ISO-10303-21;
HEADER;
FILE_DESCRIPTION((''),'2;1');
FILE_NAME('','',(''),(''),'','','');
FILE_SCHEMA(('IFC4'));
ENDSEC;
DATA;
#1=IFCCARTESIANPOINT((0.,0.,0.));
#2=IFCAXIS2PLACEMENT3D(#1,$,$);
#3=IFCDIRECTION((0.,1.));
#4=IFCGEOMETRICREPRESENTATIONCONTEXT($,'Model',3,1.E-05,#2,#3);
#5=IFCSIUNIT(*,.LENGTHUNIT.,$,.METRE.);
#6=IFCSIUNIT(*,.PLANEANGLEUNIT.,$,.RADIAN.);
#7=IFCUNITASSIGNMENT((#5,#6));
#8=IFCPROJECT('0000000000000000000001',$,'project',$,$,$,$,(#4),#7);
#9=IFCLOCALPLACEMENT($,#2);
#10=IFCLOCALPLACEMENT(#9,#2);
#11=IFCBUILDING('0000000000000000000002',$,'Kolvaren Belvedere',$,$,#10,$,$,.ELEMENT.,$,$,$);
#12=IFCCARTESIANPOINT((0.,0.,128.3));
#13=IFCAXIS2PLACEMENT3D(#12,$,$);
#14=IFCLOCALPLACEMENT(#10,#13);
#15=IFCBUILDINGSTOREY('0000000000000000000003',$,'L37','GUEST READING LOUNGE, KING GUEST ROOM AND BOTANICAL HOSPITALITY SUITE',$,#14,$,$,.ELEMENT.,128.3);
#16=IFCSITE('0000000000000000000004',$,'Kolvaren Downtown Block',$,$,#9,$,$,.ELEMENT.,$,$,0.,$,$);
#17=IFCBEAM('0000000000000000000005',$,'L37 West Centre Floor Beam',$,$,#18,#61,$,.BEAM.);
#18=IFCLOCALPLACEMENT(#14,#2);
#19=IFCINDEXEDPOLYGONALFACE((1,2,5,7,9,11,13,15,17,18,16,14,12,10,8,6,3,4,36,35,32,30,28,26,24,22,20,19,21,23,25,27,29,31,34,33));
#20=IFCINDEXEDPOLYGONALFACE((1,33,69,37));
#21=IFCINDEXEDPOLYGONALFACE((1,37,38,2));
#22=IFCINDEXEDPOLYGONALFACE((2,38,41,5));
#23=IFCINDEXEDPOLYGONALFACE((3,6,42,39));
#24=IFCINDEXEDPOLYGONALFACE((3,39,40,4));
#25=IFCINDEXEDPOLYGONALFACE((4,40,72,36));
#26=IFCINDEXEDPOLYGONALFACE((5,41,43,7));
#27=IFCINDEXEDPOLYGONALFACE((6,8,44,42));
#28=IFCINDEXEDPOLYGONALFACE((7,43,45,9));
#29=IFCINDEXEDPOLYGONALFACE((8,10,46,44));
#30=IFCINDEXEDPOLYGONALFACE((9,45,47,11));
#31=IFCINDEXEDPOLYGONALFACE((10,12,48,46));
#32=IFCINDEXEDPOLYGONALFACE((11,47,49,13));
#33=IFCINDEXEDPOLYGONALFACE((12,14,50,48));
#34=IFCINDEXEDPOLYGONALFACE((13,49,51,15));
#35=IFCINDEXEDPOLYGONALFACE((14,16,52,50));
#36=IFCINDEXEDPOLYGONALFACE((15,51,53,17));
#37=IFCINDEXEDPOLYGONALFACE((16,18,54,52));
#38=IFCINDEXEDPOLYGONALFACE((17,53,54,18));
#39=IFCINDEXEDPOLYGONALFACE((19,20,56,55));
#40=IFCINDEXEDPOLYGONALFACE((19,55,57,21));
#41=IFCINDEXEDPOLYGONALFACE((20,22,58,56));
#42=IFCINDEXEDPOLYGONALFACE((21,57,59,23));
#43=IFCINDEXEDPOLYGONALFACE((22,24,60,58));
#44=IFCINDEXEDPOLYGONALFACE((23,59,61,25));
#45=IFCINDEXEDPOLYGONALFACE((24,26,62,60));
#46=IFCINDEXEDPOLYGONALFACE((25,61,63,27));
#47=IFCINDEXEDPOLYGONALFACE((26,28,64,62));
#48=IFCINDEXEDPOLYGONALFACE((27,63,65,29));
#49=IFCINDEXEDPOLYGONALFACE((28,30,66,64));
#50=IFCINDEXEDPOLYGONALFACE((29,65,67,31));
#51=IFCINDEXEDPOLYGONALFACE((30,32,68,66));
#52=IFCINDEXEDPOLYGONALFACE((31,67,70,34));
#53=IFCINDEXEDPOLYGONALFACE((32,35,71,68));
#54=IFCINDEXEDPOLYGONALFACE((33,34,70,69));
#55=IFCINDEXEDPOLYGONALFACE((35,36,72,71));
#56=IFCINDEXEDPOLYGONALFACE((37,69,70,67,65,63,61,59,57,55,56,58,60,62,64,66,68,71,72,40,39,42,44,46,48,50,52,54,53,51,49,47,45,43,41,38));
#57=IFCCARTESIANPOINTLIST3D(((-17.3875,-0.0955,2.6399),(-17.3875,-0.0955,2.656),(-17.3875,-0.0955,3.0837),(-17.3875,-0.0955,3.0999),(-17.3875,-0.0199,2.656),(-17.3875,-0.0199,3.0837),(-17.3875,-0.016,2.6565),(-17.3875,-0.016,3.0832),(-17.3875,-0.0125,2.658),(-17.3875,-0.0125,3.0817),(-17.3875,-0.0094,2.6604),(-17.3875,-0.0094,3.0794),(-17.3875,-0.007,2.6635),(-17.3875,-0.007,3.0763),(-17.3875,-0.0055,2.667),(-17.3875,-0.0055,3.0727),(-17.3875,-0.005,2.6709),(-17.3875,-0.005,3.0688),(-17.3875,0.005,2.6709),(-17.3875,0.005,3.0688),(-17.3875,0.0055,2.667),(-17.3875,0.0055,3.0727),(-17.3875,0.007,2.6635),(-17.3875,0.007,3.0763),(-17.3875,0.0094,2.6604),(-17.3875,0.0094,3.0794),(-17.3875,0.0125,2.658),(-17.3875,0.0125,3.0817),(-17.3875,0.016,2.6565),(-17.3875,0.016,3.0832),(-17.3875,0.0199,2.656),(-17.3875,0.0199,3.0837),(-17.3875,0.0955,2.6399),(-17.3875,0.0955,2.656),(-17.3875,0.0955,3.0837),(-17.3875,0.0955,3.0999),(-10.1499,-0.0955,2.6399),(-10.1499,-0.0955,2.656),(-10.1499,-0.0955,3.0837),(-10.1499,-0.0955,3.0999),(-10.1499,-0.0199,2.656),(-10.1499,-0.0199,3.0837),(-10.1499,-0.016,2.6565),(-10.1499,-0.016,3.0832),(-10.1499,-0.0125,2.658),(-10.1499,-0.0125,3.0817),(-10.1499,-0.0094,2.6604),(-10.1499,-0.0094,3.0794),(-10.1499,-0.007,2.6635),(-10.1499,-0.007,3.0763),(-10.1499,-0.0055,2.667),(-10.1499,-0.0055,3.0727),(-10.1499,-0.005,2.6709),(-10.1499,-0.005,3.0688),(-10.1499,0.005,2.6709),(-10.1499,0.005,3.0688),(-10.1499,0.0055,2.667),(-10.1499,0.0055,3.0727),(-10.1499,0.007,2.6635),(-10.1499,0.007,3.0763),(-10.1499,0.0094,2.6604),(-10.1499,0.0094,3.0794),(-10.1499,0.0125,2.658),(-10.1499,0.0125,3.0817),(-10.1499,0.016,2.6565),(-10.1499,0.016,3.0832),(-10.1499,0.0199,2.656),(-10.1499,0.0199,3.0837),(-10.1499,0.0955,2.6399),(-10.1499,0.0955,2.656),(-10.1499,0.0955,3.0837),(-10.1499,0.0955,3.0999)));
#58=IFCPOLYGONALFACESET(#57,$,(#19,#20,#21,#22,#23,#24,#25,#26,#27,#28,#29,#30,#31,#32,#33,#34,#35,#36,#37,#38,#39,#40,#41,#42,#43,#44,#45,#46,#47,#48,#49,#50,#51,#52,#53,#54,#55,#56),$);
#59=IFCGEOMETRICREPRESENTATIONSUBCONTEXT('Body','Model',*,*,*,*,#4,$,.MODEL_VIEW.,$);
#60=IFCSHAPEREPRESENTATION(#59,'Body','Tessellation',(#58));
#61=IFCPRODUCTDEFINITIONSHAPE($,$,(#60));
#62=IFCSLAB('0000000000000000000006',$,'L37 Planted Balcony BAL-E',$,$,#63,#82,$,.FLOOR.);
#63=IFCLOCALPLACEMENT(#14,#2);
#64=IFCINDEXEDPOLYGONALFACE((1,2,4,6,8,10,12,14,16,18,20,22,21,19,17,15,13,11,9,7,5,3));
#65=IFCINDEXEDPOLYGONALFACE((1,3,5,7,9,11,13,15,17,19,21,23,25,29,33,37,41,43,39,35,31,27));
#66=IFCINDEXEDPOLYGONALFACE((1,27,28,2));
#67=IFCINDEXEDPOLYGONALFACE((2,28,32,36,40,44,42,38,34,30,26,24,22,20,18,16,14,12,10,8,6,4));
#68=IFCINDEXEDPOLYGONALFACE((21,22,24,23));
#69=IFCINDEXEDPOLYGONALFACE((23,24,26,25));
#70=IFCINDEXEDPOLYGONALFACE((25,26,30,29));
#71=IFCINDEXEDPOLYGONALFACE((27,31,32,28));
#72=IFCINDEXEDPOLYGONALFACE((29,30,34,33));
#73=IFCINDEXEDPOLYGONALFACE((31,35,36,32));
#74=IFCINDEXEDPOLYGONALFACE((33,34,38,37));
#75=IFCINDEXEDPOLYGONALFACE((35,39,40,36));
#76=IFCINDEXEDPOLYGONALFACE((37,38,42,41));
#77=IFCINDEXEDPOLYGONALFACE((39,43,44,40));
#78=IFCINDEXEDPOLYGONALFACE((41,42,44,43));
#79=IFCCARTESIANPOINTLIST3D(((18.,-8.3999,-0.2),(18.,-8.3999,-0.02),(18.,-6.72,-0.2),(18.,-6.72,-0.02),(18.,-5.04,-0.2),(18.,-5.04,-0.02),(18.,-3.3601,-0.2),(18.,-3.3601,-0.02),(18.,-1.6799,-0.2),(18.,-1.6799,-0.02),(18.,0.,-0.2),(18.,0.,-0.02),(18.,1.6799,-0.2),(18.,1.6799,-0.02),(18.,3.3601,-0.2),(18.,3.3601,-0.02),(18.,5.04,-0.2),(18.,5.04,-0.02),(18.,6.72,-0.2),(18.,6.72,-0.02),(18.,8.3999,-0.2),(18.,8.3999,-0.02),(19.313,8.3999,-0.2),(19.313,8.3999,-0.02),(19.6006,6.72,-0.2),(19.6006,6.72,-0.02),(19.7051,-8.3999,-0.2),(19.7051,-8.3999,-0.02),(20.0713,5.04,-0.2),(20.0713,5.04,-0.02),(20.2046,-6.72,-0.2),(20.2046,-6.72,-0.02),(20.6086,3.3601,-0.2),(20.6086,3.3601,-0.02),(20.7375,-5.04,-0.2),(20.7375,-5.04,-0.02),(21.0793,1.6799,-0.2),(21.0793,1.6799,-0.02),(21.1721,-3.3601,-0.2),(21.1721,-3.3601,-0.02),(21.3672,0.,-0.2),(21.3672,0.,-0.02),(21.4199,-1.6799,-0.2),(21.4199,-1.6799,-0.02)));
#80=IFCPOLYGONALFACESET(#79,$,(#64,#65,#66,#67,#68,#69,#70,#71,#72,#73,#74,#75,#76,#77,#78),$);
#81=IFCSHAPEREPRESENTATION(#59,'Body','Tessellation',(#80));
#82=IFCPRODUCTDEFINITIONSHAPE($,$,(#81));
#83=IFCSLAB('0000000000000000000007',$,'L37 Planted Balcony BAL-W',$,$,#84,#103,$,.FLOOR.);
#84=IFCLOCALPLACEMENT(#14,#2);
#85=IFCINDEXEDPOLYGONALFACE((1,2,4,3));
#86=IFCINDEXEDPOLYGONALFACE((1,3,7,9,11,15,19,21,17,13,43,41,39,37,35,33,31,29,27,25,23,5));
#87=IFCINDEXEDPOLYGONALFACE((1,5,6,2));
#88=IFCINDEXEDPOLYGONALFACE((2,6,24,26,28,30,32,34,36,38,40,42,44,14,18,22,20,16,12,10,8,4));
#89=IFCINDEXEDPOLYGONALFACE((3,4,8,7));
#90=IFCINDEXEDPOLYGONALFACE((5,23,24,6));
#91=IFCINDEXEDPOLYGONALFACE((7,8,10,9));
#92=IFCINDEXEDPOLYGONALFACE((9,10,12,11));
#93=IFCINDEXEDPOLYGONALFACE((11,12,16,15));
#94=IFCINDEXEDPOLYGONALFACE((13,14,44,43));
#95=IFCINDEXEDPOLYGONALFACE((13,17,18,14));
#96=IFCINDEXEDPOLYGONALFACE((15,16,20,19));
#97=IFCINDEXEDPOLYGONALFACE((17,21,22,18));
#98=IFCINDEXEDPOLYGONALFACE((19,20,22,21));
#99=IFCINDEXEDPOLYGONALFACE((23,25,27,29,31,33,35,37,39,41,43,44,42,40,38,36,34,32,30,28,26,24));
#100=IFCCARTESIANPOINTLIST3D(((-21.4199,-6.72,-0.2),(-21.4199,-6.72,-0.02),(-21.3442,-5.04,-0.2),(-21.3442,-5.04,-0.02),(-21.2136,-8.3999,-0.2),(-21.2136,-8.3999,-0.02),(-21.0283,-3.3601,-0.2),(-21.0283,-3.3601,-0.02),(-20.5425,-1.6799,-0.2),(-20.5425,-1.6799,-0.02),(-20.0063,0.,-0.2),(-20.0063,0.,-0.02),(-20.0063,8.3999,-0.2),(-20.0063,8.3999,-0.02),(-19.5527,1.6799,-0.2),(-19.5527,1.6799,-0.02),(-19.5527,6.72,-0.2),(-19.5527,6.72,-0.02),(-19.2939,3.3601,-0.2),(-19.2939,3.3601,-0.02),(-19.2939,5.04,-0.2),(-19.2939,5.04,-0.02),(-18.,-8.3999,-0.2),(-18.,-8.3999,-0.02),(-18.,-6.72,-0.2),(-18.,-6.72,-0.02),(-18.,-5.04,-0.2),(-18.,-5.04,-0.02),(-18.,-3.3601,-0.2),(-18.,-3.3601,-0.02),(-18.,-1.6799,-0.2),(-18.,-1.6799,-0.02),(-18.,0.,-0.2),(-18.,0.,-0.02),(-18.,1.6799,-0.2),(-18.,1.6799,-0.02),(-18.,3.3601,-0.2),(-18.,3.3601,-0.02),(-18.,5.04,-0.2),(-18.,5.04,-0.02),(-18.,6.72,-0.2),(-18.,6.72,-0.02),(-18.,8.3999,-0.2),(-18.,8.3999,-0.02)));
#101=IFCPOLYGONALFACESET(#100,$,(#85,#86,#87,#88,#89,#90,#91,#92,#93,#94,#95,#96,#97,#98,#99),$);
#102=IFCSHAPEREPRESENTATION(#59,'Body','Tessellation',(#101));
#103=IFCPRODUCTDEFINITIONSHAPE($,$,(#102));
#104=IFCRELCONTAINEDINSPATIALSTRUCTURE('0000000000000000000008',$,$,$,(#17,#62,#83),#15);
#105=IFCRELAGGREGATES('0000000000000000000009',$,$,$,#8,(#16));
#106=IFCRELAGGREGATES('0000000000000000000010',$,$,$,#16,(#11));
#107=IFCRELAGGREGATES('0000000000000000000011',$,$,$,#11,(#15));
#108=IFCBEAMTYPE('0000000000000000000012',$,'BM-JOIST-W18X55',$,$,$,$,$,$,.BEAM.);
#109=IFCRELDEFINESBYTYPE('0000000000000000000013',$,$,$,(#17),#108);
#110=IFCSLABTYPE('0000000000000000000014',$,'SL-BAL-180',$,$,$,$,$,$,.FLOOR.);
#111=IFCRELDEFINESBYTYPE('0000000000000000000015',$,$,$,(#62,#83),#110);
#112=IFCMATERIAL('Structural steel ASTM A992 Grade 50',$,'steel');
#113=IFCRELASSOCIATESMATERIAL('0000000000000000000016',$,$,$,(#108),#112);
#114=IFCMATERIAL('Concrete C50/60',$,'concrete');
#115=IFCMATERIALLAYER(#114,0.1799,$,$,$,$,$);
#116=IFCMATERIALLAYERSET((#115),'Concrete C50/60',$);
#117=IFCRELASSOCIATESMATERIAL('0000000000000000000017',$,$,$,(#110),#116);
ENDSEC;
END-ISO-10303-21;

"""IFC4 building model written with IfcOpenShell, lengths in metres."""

from ifc_helpers import new_model, si_unit, direction, frame, origin, origin_2d, place, context, subcontext, project, spatial, polyline, i_section, outline, extrude, material, layer, layer_set, material_profile, profile_set, type_object, element, save


model = new_model("IFC4")

# Units and contexts
model_context = context("Model", 3, precision=1e-05, world=origin(), true_north=direction((0.0, 1.0)))
body_context = subcontext(model_context, "Body", "Model", "MODEL_VIEW")
ifc_project = project(units=[si_unit("LENGTHUNIT", "METRE"), si_unit("PLANEANGLEUNIT", "RADIAN")], contexts=[model_context])

# Site, building, storey
site_placement = place(None, origin())
site = spatial("IfcSite", under=ifc_project, at=site_placement, Name="Kolvaren Downtown Block", CompositionType="ELEMENT", RefElevation=0.0)
building_placement = place(site_placement, origin())
building = spatial("IfcBuilding", under=site, at=building_placement, Name="Kolvaren Belvedere", CompositionType="ELEMENT")
storey_placement = place(building_placement, frame((0.0, 0.0, 128.3)))
storey = spatial("IfcBuildingStorey", under=building, at=storey_placement, Name="L37", Description="GUEST READING LOUNGE, KING GUEST ROOM AND BOTANICAL HOSPITALITY SUITE", CompositionType="ELEMENT", Elevation=128.3)

# Beam
ifc_material_1 = material(Name="Structural steel ASTM A992 Grade 50", Category="steel")
ifc_material_profile_1 = material_profile(ifc_material_1, i_section(OverallWidth=0.1909, OverallDepth=0.46, WebThickness=0.01, FlangeThickness=0.0161, FilletRadius=0.0149, at=origin_2d()), Name="W18X55")
ifc_profile_set_1 = profile_set([ifc_material_profile_1], Name="Structural steel ASTM A992 Grade 50")
beam_type_1 = type_object("IfcBeamType", Name="BM-JOIST-W18X55", PredefinedType="BEAM", material=ifc_profile_set_1)
beam_1_placement = place(storey_placement, frame((-10.1499, 0.0, 2.8699), z_axis=(-1.0, 0.0, 0.0), x_axis=(0.0, -1.0, 0.0)))
element("IfcBeam", 1, at=beam_1_placement, inside=storey, type_object=beam_type_1, Name="L37 West Centre Floor Beam", PredefinedType="BEAM", context=body_context, shape_type="SweptSolid", body=[
    extrude(i_section(OverallWidth=0.1909, OverallDepth=0.46, WebThickness=0.01, FlangeThickness=0.0161, FilletRadius=0.0149, at=origin_2d()), origin(), (0.0, 0.0, 1.0), 7.2375),
])

# Slabs
ifc_material_2 = material(Name="Concrete C50/60", Category="concrete")
ifc_layer_1 = layer(ifc_material_2, 0.1799)
ifc_layer_set_1 = layer_set([ifc_layer_1], Name="Concrete C50/60")
slab_type_1 = type_object("IfcSlabType", Name="SL-BAL-180", PredefinedType="FLOOR", material=ifc_layer_set_1)
slab_1_placement = place(storey_placement, frame((0.0, 0.0, -0.2)))
element("IfcSlab", 2, at=slab_1_placement, inside=storey, type_object=slab_type_1, Name="L37 Planted Balcony BAL-E", PredefinedType="FLOOR", context=body_context, shape_type="SweptSolid", body=[
    extrude(outline(polyline([(19.7051, -8.3999), (20.2046, -6.72), (20.7375, -5.04), (21.1721, -3.3601), (21.4199, -1.6799), (21.3672, 0.0), (21.0793, 1.6799), (20.6086, 3.3601), (20.0713, 5.04), (19.6006, 6.72), (19.313, 8.3999), (18.0, 8.3999), (18.0, 6.72), (18.0, 5.04), (18.0, 3.3601), (18.0, 1.6799), (18.0, 0.0), (18.0, -1.6799), (18.0, -3.3601), (18.0, -5.04), (18.0, -6.72), (18.0, -8.3999), (19.7051, -8.3999)])), origin(), (0.0, 0.0, 1.0), 0.1799),
])
slab_2_placement = place(storey_placement, frame((0.0, 0.0, -0.2)))
element("IfcSlab", 3, at=slab_2_placement, inside=storey, type_object=slab_type_1, Name="L37 Planted Balcony BAL-W", PredefinedType="FLOOR", context=body_context, shape_type="SweptSolid", body=[
    extrude(outline(polyline([(-20.0063, 8.3999), (-19.5527, 6.72), (-19.2939, 5.04), (-19.2939, 3.3601), (-19.5527, 1.6799), (-20.0063, 0.0), (-20.5425, -1.6799), (-21.0283, -3.3601), (-21.3442, -5.04), (-21.4199, -6.72), (-21.2136, -8.3999), (-18.0, -8.3999), (-18.0, -6.72), (-18.0, -5.04), (-18.0, -3.3601), (-18.0, -1.6799), (-18.0, 0.0), (-18.0, 1.6799), (-18.0, 3.3601), (-18.0, 5.04), (-18.0, 6.72), (-18.0, 8.3999), (-20.0063, 8.3999)])), origin(), (0.0, 0.0, 1.0), 0.1799),
])

save(model, "model.ifc")
